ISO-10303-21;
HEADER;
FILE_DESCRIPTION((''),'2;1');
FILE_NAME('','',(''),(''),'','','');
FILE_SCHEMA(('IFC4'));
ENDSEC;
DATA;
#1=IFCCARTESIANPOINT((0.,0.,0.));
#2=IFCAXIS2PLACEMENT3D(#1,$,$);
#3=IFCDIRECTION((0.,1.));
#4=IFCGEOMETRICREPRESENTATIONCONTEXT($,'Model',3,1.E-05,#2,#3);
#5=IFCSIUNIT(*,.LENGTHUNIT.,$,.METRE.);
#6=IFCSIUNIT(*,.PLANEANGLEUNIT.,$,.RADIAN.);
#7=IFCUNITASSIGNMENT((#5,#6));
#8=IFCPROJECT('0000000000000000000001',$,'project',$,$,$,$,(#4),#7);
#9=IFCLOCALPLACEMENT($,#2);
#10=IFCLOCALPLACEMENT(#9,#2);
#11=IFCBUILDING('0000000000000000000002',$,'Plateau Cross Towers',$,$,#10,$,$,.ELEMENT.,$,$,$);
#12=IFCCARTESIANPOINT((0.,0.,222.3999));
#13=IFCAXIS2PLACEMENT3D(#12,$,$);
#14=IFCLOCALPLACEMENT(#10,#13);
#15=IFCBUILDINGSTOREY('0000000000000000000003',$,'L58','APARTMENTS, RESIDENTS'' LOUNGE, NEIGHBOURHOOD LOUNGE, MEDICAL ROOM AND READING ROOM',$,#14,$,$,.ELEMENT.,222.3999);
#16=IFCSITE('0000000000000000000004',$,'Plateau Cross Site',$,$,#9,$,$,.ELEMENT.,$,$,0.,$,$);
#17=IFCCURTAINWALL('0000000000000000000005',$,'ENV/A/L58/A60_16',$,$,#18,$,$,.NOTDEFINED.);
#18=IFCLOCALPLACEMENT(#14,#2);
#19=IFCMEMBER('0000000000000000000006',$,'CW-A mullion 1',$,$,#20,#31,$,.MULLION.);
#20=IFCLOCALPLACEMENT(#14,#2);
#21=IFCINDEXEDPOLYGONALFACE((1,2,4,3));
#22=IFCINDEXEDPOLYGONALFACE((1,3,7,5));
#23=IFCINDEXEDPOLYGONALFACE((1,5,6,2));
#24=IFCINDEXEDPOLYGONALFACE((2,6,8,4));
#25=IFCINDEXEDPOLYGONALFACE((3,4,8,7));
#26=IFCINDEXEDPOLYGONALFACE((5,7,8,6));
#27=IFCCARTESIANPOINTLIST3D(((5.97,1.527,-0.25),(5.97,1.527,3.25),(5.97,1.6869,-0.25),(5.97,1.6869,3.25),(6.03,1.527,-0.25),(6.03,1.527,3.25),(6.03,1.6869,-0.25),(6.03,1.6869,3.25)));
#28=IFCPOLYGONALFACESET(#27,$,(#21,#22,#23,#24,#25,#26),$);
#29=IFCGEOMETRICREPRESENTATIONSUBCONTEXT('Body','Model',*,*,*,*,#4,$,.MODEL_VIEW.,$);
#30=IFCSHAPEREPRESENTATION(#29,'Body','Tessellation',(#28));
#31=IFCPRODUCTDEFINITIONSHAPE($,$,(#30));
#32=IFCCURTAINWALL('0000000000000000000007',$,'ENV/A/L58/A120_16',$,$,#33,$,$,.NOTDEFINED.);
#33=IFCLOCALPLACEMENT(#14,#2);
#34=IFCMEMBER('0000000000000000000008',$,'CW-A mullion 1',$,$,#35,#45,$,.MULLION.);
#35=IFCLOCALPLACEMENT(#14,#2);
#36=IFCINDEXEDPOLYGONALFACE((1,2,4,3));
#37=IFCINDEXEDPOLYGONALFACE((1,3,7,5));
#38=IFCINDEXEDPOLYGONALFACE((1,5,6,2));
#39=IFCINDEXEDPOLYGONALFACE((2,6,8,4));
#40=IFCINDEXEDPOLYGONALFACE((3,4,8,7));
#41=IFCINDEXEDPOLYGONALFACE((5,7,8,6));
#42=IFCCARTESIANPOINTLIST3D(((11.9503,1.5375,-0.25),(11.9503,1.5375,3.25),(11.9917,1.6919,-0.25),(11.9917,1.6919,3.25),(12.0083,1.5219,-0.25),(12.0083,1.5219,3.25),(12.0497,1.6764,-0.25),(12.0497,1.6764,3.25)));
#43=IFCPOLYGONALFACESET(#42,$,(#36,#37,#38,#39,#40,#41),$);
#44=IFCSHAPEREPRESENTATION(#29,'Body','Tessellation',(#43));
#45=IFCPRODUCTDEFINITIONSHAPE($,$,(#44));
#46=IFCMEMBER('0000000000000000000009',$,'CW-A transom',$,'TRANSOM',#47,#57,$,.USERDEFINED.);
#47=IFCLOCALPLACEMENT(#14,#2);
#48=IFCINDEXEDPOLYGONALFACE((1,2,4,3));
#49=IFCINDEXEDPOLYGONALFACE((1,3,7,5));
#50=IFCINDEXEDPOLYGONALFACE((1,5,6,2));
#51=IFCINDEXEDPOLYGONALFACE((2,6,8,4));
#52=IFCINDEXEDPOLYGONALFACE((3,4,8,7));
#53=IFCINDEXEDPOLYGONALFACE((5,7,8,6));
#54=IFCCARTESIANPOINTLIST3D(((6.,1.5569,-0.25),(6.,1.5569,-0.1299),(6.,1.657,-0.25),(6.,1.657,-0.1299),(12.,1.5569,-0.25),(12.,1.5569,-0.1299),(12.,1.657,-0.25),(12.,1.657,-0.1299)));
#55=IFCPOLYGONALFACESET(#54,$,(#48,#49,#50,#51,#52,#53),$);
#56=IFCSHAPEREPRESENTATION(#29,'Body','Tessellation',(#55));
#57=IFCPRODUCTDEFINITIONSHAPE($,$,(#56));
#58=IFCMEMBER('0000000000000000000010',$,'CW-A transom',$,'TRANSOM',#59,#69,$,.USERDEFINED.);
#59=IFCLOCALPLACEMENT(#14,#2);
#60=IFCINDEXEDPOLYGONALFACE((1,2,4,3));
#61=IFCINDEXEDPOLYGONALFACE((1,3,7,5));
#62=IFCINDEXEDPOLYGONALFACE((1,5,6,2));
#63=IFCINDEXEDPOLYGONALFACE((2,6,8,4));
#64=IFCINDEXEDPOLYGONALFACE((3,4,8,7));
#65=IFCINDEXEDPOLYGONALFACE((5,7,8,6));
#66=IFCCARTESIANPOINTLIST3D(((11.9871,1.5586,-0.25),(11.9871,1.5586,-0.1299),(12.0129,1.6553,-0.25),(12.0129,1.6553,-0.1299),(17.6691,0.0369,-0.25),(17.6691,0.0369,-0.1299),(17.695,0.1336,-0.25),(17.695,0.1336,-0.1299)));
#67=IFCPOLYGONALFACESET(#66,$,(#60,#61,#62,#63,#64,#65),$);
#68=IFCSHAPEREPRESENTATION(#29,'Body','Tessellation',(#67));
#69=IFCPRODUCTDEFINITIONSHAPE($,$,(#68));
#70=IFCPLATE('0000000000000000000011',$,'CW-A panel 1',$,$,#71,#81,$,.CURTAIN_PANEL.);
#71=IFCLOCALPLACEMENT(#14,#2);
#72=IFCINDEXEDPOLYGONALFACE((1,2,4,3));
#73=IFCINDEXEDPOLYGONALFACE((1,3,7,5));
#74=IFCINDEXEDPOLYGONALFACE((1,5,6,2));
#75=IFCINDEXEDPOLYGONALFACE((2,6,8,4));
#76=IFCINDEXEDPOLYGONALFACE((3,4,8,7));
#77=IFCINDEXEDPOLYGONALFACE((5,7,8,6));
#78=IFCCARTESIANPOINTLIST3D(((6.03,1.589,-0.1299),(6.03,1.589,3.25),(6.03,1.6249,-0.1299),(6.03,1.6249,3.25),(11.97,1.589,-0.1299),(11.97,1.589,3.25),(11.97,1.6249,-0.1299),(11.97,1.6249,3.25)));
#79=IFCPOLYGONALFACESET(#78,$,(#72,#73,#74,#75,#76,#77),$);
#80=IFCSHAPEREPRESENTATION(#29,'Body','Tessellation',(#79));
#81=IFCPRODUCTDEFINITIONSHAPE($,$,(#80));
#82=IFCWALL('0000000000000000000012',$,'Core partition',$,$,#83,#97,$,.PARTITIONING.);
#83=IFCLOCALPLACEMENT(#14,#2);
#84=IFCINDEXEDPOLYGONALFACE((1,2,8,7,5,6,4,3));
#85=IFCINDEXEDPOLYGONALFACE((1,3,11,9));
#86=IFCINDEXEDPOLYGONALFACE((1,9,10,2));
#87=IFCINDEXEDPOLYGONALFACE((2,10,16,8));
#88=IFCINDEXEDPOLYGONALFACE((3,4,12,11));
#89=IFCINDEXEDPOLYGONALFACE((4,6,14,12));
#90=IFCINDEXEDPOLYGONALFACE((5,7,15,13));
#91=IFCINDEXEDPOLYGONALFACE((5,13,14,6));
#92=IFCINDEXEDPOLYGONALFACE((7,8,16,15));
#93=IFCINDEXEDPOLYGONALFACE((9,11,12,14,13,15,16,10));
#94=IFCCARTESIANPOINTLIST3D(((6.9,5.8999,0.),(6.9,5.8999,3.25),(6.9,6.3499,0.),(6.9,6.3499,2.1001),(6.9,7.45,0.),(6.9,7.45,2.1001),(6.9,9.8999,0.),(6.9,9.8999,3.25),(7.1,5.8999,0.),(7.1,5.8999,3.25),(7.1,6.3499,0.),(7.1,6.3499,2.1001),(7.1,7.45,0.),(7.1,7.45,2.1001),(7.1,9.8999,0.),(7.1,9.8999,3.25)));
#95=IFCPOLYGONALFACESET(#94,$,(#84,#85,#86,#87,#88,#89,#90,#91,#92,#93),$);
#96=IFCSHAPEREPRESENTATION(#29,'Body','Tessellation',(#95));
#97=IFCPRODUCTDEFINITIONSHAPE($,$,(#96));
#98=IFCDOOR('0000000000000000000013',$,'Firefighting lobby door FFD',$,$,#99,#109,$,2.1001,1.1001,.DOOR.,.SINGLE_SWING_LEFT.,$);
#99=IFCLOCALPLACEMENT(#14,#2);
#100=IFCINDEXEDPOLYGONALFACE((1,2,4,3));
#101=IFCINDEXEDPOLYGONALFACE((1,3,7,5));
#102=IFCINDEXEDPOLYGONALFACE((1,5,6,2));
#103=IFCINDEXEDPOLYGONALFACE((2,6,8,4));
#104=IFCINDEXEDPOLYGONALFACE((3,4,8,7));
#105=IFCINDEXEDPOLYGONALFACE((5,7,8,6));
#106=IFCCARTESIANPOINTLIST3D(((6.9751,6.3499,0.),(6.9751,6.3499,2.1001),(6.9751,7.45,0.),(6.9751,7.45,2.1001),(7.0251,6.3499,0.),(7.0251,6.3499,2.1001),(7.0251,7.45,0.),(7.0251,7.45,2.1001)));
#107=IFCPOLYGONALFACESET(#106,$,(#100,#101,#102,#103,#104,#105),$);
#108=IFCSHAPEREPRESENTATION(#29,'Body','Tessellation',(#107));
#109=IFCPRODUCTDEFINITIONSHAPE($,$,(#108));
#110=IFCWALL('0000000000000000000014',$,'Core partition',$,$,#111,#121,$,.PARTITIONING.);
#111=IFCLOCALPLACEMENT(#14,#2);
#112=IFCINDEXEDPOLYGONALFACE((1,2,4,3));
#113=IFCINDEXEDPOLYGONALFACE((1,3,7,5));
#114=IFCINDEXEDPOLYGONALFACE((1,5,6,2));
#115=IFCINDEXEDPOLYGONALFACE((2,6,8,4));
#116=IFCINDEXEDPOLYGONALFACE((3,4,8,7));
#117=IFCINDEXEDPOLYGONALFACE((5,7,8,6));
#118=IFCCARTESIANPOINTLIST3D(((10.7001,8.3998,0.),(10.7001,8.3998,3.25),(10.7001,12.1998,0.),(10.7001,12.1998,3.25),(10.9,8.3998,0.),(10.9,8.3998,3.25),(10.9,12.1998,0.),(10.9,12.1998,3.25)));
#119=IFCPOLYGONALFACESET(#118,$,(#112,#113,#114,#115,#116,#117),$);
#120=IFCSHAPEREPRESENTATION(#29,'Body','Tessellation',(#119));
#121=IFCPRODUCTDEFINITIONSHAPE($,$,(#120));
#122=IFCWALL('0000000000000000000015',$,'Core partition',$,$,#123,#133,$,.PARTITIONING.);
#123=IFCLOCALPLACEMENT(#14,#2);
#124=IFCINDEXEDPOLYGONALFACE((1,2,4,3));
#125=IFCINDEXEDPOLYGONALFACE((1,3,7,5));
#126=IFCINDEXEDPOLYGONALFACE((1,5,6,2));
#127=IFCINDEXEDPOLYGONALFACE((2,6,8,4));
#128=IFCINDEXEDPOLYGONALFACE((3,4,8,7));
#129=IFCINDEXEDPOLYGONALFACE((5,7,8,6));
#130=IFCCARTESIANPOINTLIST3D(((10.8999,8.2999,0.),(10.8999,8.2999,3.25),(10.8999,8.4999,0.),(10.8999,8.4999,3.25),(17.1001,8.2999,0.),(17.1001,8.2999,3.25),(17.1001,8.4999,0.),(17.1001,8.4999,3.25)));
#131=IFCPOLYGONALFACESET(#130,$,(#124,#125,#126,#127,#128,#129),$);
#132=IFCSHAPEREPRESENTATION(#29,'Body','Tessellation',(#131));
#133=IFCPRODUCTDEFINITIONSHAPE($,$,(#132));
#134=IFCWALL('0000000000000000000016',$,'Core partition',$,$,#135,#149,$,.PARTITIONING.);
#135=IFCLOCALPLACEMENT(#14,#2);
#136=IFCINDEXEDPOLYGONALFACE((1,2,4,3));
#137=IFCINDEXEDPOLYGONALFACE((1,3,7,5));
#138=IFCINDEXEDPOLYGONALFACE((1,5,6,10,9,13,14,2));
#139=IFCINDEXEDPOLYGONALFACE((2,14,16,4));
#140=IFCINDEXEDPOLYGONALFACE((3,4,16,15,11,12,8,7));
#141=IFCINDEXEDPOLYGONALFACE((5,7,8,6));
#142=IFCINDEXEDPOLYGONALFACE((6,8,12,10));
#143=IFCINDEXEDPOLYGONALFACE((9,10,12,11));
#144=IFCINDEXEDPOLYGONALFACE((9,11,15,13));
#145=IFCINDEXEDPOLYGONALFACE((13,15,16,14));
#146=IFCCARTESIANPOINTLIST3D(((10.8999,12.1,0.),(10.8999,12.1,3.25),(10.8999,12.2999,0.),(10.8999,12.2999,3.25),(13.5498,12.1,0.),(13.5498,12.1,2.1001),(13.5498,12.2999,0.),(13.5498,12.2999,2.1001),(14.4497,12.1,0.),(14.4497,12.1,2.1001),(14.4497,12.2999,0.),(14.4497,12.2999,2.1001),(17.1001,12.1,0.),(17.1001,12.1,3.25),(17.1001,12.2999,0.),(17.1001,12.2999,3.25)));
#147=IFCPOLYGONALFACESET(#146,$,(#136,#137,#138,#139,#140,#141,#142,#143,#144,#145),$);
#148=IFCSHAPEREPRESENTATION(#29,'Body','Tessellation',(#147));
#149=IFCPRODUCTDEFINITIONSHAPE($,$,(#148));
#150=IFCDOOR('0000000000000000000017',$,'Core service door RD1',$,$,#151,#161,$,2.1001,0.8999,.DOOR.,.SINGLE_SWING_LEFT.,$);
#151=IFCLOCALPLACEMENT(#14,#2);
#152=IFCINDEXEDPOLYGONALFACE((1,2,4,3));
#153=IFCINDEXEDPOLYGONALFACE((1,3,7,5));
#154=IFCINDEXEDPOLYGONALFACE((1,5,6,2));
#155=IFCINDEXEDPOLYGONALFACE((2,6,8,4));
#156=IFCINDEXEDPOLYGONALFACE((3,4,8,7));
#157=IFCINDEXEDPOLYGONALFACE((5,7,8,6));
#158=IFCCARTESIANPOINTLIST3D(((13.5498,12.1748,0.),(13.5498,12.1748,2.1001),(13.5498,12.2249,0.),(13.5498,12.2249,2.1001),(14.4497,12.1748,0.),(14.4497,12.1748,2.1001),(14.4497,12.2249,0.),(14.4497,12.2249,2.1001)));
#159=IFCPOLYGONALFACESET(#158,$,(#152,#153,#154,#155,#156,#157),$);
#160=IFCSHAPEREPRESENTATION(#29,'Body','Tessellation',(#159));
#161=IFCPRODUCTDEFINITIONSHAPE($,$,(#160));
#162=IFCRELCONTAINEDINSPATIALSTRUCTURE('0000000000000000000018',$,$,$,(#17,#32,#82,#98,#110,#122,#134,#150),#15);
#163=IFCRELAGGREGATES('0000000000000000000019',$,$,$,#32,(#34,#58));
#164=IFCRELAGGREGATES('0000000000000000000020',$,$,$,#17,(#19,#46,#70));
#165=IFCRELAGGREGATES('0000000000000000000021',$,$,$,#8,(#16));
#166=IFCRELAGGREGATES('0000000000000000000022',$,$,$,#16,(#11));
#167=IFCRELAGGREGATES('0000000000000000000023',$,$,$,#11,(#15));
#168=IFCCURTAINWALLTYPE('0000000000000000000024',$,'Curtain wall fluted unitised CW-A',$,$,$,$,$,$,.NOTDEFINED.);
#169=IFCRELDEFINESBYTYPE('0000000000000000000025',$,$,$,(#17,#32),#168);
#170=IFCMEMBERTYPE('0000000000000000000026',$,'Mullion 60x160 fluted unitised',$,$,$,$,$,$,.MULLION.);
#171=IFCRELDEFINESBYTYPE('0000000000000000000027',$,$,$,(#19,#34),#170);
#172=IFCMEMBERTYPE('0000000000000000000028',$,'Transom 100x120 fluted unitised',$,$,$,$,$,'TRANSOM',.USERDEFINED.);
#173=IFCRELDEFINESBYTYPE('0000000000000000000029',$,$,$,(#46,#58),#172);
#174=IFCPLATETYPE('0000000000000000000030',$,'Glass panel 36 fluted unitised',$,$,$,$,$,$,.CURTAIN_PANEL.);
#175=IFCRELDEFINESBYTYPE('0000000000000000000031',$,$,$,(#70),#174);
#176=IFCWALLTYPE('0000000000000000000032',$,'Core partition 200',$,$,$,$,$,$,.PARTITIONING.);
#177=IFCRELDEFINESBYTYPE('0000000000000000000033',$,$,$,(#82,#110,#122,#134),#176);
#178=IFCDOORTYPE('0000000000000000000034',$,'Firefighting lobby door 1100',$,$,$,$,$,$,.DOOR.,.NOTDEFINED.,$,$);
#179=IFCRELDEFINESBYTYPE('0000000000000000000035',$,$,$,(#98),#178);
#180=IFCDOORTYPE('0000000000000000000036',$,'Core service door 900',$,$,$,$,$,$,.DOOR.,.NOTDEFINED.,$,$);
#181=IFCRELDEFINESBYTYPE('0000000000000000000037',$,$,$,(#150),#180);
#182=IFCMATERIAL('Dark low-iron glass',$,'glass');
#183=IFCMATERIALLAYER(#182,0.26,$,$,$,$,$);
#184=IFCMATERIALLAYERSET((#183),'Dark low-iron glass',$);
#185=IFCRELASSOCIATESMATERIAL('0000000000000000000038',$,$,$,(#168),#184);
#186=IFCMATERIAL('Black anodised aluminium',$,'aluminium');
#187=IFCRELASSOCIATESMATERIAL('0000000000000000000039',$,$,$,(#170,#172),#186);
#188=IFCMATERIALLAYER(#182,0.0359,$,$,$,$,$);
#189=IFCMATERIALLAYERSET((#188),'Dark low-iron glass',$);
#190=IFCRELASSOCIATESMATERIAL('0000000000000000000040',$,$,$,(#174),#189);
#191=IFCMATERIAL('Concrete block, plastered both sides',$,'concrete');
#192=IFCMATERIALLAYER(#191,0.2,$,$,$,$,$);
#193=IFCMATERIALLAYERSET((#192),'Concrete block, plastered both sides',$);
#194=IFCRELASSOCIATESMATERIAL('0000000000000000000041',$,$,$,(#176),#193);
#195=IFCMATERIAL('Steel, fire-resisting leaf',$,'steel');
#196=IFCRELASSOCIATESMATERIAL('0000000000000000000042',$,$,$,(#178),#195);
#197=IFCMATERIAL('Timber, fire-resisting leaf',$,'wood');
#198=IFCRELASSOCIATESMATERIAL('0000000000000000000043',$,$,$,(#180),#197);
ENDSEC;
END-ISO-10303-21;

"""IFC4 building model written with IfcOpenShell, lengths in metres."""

from ifc_helpers import new_model, si_unit, direction, frame, frame_2d, origin, origin_2d, place, context, subcontext, project, spatial, rectangle, extrude, material, layer, layer_set, material_profile, profile_set, type_object, element, fill, aggregate, save


model = new_model("IFC4")

# Units and contexts
model_context = context("Model", 3, precision=1e-05, world=origin(), true_north=direction((0.0, 1.0)))
body_context = subcontext(model_context, "Body", "Model", "MODEL_VIEW")
ifc_project = project(units=[si_unit("LENGTHUNIT", "METRE"), si_unit("PLANEANGLEUNIT", "RADIAN")], contexts=[model_context])

# Site, building, storey
site_placement = place(None, origin())
site = spatial("IfcSite", under=ifc_project, at=site_placement, Name="Plateau Cross Site", CompositionType="ELEMENT", RefElevation=0.0)
building_placement = place(site_placement, origin())
building = spatial("IfcBuilding", under=site, at=building_placement, Name="Plateau Cross Towers", CompositionType="ELEMENT")
storey_placement = place(building_placement, frame((0.0, 0.0, 222.3999)))
storey = spatial("IfcBuildingStorey", under=building, at=storey_placement, Name="L58", Description="APARTMENTS, RESIDENTS' LOUNGE, NEIGHBOURHOOD LOUNGE, MEDICAL ROOM AND READING ROOM", CompositionType="ELEMENT", Elevation=222.3999)

# Curtain walls, members
ifc_material_1 = material(Name="Dark low-iron glass", Category="glass")
ifc_layer_1 = layer(ifc_material_1, 0.26)
ifc_layer_set_1 = layer_set([ifc_layer_1], Name="Dark low-iron glass")
curtain_wall_type = type_object("IfcCurtainWallType", Name="Curtain wall fluted unitised CW-A", PredefinedType="NOTDEFINED", material=ifc_layer_set_1)
curtain_wall_1_placement = place(storey_placement, origin())
curtain_wall_1 = element("IfcCurtainWall", 1, at=curtain_wall_1_placement, inside=storey, type_object=curtain_wall_type, Name="ENV/A/L58/A60_16", PredefinedType="NOTDEFINED")
ifc_material_2 = material(Name="Black anodised aluminium", Category="aluminium")
ifc_material_profile_1 = material_profile(ifc_material_2, rectangle(XDim=0.0601, YDim=0.1599, at=origin_2d()), Name="MULLION 60x160")
ifc_profile_set_1 = profile_set([ifc_material_profile_1], Name="Black anodised aluminium")
member_type_1 = type_object("IfcMemberType", Name="Mullion 60x160 fluted unitised", PredefinedType="MULLION", material=ifc_profile_set_1)
member_1_placement = place(storey_placement, frame((6.0, 1.6069, -0.25), z_axis=(0.0, 0.0, 1.0), x_axis=(1.0, 0.0, 0.0)))
member_1 = element("IfcMember", 2, at=member_1_placement, type_object=member_type_1, Name="CW-A mullion 1", PredefinedType="MULLION", context=body_context, shape_type="SweptSolid", body=[
    extrude(rectangle(XDim=0.0601, YDim=0.1599, at=origin_2d()), origin(), (0.0, 0.0, 1.0), 3.5),
])
curtain_wall_2_placement = place(storey_placement, origin())
curtain_wall_2 = element("IfcCurtainWall", 3, at=curtain_wall_2_placement, inside=storey, type_object=curtain_wall_type, Name="ENV/A/L58/A120_16", PredefinedType="NOTDEFINED")
member_2_placement = place(storey_placement, frame((12.0, 1.6069, -0.25), z_axis=(0.0, 0.0, 1.0), x_axis=(0.965958, -0.258699, 0.0)))
member_2 = element("IfcMember", 4, at=member_2_placement, type_object=member_type_1, Name="CW-A mullion 1", PredefinedType="MULLION", context=body_context, shape_type="SweptSolid", body=[
    extrude(rectangle(XDim=0.0601, YDim=0.1599, at=origin_2d()), origin(), (0.0, 0.0, 1.0), 3.5),
])

# Members
ifc_material_profile_2 = material_profile(ifc_material_2, rectangle(XDim=0.1001, YDim=0.1201, at=origin_2d()), Name="TRANSOM 100x120")
ifc_profile_set_2 = profile_set([ifc_material_profile_2], Name="Black anodised aluminium")
member_type_2 = type_object("IfcMemberType", Name="Transom 100x120 fluted unitised", ElementType="TRANSOM", PredefinedType="USERDEFINED", material=ifc_profile_set_2)
member_3_placement = place(storey_placement, frame((6.0, 1.6069, -0.1899), z_axis=(1.0, 0.0, 0.0), x_axis=(0.0, 1.0, 0.0)))
member_3 = element("IfcMember", 5, at=member_3_placement, type_object=member_type_2, Name="CW-A transom", ObjectType="TRANSOM", PredefinedType="USERDEFINED", context=body_context, shape_type="SweptSolid", body=[
    extrude(rectangle(XDim=0.1001, YDim=0.1201, at=origin_2d()), origin(), (0.0, 0.0, 1.0), 6.0),
])
member_4_placement = place(storey_placement, frame((12.0, 1.6069, -0.1899), z_axis=(0.96596, -0.258693, 0.0), x_axis=(0.258693, 0.96596, 0.0)))
member_4 = element("IfcMember", 6, at=member_4_placement, type_object=member_type_2, Name="CW-A transom", ObjectType="TRANSOM", PredefinedType="USERDEFINED", context=body_context, shape_type="SweptSolid", body=[
    extrude(rectangle(XDim=0.1001, YDim=0.1201, at=origin_2d()), origin(), (0.0, 0.0, 1.0), 5.8823),
])
aggregate(curtain_wall_2, [member_2, member_4])

# Plate
ifc_layer_2 = layer(ifc_material_1, 0.0359)
ifc_layer_set_2 = layer_set([ifc_layer_2], Name="Dark low-iron glass")
plate_type = type_object("IfcPlateType", Name="Glass panel 36 fluted unitised", PredefinedType="CURTAIN_PANEL", material=ifc_layer_set_2)
plate_placement = place(storey_placement, frame((9.0, 1.6069, -0.1299), z_axis=(0.0, 0.0, 1.0), x_axis=(1.0, 0.0, 0.0)))
plate = element("IfcPlate", 7, at=plate_placement, type_object=plate_type, Name="CW-A panel 1", PredefinedType="CURTAIN_PANEL", context=body_context, shape_type="SweptSolid", body=[
    extrude(rectangle(XDim=5.9399, YDim=0.0359, at=origin_2d()), origin(), (0.0, 0.0, 1.0), 3.3799),
])
aggregate(curtain_wall_1, [member_1, member_3, plate])

# Wall, opening, door
ifc_material_3 = material(Name="Concrete block, plastered both sides", Category="concrete")
ifc_layer_3 = layer(ifc_material_3, 0.2)
ifc_layer_set_3 = layer_set([ifc_layer_3], Name="Concrete block, plastered both sides")
wall_type_1 = type_object("IfcWallType", Name="Core partition 200", PredefinedType="PARTITIONING", material=ifc_layer_set_3)
wall_1_placement = place(storey_placement, frame((7.0, 5.8999, 0.0), z_axis=(0.0, 0.0, 1.0), x_axis=(0.0, 1.0, 0.0)))
wall_1 = element("IfcWall", 8, at=wall_1_placement, inside=storey, type_object=wall_type_1, Name="Core partition", PredefinedType="PARTITIONING", context=body_context, shape_type="SweptSolid", body=[
    extrude(rectangle(XDim=4.0, YDim=0.2, at=frame_2d((2.0, 0.0))), origin(), (0.0, 0.0, 1.0), 3.25),
])
opening_1_placement = place(wall_1_placement, frame((0.45, 0.0, 0.0)))
opening_1 = element("IfcOpeningElement", 9, at=opening_1_placement, cuts=wall_1, PredefinedType="OPENING", context=body_context, shape_type="SweptSolid", body=[
    extrude(rectangle(XDim=1.1001, YDim=2.1001, at=frame_2d((0.55, 1.05))), frame((0.0, 0.1099, 0.0), z_axis=(0.0, -1.0, 0.0), x_axis=(1.0, 0.0, 0.0)), (0.0, 0.0, 1.0), 0.22),
])
ifc_material_4 = material(Name="Steel, fire-resisting leaf", Category="steel")
door_type_1 = type_object("IfcDoorType", Name="Firefighting lobby door 1100", OperationType="NOTDEFINED", PredefinedType="DOOR", material=ifc_material_4)
door_1_placement = place(opening_1_placement, origin())
door_1 = element("IfcDoor", 10, at=door_1_placement, inside=storey, type_object=door_type_1, Name="Firefighting lobby door FFD", OperationType="SINGLE_SWING_LEFT", OverallHeight=2.1001, OverallWidth=1.1001, PredefinedType="DOOR", context=body_context, shape_type="SweptSolid", body=[
    extrude(rectangle(XDim=1.1001, YDim=2.1001, at=frame_2d((0.55, 1.05))), frame((0.0, 0.0249, 0.0), z_axis=(0.0, -1.0, 0.0), x_axis=(1.0, 0.0, 0.0)), (0.0, 0.0, 1.0), 0.05),
])
fill(opening_1, door_1)

# Walls
wall_2_placement = place(storey_placement, frame((10.8, 8.3999, 0.0), z_axis=(0.0, 0.0, 1.0), x_axis=(0.0, 1.0, 0.0)))
element("IfcWall", 11, at=wall_2_placement, inside=storey, type_object=wall_type_1, Name="Core partition", PredefinedType="PARTITIONING", context=body_context, shape_type="SweptSolid", body=[
    extrude(rectangle(XDim=3.8, YDim=0.2, at=frame_2d((1.8999, 0.0))), origin(), (0.0, 0.0, 1.0), 3.25),
])
wall_3_placement = place(storey_placement, frame((10.8999, 8.3999, 0.0), z_axis=(0.0, 0.0, 1.0), x_axis=(1.0, 0.0, 0.0)))
element("IfcWall", 12, at=wall_3_placement, inside=storey, type_object=wall_type_1, Name="Core partition", PredefinedType="PARTITIONING", context=body_context, shape_type="SweptSolid", body=[
    extrude(rectangle(XDim=6.2002, YDim=0.2, at=frame_2d((3.1001, 0.0))), origin(), (0.0, 0.0, 1.0), 3.25),
])

# Wall, opening, door
wall_4_placement = place(storey_placement, frame((10.8999, 12.2, 0.0), z_axis=(0.0, 0.0, 1.0), x_axis=(1.0, 0.0, 0.0)))
wall_4 = element("IfcWall", 13, at=wall_4_placement, inside=storey, type_object=wall_type_1, Name="Core partition", PredefinedType="PARTITIONING", context=body_context, shape_type="SweptSolid", body=[
    extrude(rectangle(XDim=6.2002, YDim=0.2, at=frame_2d((3.1001, 0.0))), origin(), (0.0, 0.0, 1.0), 3.25),
])
opening_2_placement = place(wall_4_placement, frame((2.6499, 0.0, 0.0)))
opening_2 = element("IfcOpeningElement", 14, at=opening_2_placement, cuts=wall_4, PredefinedType="OPENING", context=body_context, shape_type="SweptSolid", body=[
    extrude(rectangle(XDim=0.8999, YDim=2.1001, at=frame_2d((0.45, 1.05))), frame((0.0, 0.1099, 0.0), z_axis=(0.0, -1.0, 0.0), x_axis=(1.0, 0.0, 0.0)), (0.0, 0.0, 1.0), 0.22),
])
ifc_material_5 = material(Name="Timber, fire-resisting leaf", Category="wood")
door_type_2 = type_object("IfcDoorType", Name="Core service door 900", OperationType="NOTDEFINED", PredefinedType="DOOR", material=ifc_material_5)
door_2_placement = place(opening_2_placement, origin())
door_2 = element("IfcDoor", 15, at=door_2_placement, inside=storey, type_object=door_type_2, Name="Core service door RD1", OperationType="SINGLE_SWING_LEFT", OverallHeight=2.1001, OverallWidth=0.8999, PredefinedType="DOOR", context=body_context, shape_type="SweptSolid", body=[
    extrude(rectangle(XDim=0.8999, YDim=2.1001, at=frame_2d((0.45, 1.05))), frame((0.0, 0.0249, 0.0), z_axis=(0.0, -1.0, 0.0), x_axis=(1.0, 0.0, 0.0)), (0.0, 0.0, 1.0), 0.05),
])
fill(opening_2, door_2)

save(model, "model.ifc")
